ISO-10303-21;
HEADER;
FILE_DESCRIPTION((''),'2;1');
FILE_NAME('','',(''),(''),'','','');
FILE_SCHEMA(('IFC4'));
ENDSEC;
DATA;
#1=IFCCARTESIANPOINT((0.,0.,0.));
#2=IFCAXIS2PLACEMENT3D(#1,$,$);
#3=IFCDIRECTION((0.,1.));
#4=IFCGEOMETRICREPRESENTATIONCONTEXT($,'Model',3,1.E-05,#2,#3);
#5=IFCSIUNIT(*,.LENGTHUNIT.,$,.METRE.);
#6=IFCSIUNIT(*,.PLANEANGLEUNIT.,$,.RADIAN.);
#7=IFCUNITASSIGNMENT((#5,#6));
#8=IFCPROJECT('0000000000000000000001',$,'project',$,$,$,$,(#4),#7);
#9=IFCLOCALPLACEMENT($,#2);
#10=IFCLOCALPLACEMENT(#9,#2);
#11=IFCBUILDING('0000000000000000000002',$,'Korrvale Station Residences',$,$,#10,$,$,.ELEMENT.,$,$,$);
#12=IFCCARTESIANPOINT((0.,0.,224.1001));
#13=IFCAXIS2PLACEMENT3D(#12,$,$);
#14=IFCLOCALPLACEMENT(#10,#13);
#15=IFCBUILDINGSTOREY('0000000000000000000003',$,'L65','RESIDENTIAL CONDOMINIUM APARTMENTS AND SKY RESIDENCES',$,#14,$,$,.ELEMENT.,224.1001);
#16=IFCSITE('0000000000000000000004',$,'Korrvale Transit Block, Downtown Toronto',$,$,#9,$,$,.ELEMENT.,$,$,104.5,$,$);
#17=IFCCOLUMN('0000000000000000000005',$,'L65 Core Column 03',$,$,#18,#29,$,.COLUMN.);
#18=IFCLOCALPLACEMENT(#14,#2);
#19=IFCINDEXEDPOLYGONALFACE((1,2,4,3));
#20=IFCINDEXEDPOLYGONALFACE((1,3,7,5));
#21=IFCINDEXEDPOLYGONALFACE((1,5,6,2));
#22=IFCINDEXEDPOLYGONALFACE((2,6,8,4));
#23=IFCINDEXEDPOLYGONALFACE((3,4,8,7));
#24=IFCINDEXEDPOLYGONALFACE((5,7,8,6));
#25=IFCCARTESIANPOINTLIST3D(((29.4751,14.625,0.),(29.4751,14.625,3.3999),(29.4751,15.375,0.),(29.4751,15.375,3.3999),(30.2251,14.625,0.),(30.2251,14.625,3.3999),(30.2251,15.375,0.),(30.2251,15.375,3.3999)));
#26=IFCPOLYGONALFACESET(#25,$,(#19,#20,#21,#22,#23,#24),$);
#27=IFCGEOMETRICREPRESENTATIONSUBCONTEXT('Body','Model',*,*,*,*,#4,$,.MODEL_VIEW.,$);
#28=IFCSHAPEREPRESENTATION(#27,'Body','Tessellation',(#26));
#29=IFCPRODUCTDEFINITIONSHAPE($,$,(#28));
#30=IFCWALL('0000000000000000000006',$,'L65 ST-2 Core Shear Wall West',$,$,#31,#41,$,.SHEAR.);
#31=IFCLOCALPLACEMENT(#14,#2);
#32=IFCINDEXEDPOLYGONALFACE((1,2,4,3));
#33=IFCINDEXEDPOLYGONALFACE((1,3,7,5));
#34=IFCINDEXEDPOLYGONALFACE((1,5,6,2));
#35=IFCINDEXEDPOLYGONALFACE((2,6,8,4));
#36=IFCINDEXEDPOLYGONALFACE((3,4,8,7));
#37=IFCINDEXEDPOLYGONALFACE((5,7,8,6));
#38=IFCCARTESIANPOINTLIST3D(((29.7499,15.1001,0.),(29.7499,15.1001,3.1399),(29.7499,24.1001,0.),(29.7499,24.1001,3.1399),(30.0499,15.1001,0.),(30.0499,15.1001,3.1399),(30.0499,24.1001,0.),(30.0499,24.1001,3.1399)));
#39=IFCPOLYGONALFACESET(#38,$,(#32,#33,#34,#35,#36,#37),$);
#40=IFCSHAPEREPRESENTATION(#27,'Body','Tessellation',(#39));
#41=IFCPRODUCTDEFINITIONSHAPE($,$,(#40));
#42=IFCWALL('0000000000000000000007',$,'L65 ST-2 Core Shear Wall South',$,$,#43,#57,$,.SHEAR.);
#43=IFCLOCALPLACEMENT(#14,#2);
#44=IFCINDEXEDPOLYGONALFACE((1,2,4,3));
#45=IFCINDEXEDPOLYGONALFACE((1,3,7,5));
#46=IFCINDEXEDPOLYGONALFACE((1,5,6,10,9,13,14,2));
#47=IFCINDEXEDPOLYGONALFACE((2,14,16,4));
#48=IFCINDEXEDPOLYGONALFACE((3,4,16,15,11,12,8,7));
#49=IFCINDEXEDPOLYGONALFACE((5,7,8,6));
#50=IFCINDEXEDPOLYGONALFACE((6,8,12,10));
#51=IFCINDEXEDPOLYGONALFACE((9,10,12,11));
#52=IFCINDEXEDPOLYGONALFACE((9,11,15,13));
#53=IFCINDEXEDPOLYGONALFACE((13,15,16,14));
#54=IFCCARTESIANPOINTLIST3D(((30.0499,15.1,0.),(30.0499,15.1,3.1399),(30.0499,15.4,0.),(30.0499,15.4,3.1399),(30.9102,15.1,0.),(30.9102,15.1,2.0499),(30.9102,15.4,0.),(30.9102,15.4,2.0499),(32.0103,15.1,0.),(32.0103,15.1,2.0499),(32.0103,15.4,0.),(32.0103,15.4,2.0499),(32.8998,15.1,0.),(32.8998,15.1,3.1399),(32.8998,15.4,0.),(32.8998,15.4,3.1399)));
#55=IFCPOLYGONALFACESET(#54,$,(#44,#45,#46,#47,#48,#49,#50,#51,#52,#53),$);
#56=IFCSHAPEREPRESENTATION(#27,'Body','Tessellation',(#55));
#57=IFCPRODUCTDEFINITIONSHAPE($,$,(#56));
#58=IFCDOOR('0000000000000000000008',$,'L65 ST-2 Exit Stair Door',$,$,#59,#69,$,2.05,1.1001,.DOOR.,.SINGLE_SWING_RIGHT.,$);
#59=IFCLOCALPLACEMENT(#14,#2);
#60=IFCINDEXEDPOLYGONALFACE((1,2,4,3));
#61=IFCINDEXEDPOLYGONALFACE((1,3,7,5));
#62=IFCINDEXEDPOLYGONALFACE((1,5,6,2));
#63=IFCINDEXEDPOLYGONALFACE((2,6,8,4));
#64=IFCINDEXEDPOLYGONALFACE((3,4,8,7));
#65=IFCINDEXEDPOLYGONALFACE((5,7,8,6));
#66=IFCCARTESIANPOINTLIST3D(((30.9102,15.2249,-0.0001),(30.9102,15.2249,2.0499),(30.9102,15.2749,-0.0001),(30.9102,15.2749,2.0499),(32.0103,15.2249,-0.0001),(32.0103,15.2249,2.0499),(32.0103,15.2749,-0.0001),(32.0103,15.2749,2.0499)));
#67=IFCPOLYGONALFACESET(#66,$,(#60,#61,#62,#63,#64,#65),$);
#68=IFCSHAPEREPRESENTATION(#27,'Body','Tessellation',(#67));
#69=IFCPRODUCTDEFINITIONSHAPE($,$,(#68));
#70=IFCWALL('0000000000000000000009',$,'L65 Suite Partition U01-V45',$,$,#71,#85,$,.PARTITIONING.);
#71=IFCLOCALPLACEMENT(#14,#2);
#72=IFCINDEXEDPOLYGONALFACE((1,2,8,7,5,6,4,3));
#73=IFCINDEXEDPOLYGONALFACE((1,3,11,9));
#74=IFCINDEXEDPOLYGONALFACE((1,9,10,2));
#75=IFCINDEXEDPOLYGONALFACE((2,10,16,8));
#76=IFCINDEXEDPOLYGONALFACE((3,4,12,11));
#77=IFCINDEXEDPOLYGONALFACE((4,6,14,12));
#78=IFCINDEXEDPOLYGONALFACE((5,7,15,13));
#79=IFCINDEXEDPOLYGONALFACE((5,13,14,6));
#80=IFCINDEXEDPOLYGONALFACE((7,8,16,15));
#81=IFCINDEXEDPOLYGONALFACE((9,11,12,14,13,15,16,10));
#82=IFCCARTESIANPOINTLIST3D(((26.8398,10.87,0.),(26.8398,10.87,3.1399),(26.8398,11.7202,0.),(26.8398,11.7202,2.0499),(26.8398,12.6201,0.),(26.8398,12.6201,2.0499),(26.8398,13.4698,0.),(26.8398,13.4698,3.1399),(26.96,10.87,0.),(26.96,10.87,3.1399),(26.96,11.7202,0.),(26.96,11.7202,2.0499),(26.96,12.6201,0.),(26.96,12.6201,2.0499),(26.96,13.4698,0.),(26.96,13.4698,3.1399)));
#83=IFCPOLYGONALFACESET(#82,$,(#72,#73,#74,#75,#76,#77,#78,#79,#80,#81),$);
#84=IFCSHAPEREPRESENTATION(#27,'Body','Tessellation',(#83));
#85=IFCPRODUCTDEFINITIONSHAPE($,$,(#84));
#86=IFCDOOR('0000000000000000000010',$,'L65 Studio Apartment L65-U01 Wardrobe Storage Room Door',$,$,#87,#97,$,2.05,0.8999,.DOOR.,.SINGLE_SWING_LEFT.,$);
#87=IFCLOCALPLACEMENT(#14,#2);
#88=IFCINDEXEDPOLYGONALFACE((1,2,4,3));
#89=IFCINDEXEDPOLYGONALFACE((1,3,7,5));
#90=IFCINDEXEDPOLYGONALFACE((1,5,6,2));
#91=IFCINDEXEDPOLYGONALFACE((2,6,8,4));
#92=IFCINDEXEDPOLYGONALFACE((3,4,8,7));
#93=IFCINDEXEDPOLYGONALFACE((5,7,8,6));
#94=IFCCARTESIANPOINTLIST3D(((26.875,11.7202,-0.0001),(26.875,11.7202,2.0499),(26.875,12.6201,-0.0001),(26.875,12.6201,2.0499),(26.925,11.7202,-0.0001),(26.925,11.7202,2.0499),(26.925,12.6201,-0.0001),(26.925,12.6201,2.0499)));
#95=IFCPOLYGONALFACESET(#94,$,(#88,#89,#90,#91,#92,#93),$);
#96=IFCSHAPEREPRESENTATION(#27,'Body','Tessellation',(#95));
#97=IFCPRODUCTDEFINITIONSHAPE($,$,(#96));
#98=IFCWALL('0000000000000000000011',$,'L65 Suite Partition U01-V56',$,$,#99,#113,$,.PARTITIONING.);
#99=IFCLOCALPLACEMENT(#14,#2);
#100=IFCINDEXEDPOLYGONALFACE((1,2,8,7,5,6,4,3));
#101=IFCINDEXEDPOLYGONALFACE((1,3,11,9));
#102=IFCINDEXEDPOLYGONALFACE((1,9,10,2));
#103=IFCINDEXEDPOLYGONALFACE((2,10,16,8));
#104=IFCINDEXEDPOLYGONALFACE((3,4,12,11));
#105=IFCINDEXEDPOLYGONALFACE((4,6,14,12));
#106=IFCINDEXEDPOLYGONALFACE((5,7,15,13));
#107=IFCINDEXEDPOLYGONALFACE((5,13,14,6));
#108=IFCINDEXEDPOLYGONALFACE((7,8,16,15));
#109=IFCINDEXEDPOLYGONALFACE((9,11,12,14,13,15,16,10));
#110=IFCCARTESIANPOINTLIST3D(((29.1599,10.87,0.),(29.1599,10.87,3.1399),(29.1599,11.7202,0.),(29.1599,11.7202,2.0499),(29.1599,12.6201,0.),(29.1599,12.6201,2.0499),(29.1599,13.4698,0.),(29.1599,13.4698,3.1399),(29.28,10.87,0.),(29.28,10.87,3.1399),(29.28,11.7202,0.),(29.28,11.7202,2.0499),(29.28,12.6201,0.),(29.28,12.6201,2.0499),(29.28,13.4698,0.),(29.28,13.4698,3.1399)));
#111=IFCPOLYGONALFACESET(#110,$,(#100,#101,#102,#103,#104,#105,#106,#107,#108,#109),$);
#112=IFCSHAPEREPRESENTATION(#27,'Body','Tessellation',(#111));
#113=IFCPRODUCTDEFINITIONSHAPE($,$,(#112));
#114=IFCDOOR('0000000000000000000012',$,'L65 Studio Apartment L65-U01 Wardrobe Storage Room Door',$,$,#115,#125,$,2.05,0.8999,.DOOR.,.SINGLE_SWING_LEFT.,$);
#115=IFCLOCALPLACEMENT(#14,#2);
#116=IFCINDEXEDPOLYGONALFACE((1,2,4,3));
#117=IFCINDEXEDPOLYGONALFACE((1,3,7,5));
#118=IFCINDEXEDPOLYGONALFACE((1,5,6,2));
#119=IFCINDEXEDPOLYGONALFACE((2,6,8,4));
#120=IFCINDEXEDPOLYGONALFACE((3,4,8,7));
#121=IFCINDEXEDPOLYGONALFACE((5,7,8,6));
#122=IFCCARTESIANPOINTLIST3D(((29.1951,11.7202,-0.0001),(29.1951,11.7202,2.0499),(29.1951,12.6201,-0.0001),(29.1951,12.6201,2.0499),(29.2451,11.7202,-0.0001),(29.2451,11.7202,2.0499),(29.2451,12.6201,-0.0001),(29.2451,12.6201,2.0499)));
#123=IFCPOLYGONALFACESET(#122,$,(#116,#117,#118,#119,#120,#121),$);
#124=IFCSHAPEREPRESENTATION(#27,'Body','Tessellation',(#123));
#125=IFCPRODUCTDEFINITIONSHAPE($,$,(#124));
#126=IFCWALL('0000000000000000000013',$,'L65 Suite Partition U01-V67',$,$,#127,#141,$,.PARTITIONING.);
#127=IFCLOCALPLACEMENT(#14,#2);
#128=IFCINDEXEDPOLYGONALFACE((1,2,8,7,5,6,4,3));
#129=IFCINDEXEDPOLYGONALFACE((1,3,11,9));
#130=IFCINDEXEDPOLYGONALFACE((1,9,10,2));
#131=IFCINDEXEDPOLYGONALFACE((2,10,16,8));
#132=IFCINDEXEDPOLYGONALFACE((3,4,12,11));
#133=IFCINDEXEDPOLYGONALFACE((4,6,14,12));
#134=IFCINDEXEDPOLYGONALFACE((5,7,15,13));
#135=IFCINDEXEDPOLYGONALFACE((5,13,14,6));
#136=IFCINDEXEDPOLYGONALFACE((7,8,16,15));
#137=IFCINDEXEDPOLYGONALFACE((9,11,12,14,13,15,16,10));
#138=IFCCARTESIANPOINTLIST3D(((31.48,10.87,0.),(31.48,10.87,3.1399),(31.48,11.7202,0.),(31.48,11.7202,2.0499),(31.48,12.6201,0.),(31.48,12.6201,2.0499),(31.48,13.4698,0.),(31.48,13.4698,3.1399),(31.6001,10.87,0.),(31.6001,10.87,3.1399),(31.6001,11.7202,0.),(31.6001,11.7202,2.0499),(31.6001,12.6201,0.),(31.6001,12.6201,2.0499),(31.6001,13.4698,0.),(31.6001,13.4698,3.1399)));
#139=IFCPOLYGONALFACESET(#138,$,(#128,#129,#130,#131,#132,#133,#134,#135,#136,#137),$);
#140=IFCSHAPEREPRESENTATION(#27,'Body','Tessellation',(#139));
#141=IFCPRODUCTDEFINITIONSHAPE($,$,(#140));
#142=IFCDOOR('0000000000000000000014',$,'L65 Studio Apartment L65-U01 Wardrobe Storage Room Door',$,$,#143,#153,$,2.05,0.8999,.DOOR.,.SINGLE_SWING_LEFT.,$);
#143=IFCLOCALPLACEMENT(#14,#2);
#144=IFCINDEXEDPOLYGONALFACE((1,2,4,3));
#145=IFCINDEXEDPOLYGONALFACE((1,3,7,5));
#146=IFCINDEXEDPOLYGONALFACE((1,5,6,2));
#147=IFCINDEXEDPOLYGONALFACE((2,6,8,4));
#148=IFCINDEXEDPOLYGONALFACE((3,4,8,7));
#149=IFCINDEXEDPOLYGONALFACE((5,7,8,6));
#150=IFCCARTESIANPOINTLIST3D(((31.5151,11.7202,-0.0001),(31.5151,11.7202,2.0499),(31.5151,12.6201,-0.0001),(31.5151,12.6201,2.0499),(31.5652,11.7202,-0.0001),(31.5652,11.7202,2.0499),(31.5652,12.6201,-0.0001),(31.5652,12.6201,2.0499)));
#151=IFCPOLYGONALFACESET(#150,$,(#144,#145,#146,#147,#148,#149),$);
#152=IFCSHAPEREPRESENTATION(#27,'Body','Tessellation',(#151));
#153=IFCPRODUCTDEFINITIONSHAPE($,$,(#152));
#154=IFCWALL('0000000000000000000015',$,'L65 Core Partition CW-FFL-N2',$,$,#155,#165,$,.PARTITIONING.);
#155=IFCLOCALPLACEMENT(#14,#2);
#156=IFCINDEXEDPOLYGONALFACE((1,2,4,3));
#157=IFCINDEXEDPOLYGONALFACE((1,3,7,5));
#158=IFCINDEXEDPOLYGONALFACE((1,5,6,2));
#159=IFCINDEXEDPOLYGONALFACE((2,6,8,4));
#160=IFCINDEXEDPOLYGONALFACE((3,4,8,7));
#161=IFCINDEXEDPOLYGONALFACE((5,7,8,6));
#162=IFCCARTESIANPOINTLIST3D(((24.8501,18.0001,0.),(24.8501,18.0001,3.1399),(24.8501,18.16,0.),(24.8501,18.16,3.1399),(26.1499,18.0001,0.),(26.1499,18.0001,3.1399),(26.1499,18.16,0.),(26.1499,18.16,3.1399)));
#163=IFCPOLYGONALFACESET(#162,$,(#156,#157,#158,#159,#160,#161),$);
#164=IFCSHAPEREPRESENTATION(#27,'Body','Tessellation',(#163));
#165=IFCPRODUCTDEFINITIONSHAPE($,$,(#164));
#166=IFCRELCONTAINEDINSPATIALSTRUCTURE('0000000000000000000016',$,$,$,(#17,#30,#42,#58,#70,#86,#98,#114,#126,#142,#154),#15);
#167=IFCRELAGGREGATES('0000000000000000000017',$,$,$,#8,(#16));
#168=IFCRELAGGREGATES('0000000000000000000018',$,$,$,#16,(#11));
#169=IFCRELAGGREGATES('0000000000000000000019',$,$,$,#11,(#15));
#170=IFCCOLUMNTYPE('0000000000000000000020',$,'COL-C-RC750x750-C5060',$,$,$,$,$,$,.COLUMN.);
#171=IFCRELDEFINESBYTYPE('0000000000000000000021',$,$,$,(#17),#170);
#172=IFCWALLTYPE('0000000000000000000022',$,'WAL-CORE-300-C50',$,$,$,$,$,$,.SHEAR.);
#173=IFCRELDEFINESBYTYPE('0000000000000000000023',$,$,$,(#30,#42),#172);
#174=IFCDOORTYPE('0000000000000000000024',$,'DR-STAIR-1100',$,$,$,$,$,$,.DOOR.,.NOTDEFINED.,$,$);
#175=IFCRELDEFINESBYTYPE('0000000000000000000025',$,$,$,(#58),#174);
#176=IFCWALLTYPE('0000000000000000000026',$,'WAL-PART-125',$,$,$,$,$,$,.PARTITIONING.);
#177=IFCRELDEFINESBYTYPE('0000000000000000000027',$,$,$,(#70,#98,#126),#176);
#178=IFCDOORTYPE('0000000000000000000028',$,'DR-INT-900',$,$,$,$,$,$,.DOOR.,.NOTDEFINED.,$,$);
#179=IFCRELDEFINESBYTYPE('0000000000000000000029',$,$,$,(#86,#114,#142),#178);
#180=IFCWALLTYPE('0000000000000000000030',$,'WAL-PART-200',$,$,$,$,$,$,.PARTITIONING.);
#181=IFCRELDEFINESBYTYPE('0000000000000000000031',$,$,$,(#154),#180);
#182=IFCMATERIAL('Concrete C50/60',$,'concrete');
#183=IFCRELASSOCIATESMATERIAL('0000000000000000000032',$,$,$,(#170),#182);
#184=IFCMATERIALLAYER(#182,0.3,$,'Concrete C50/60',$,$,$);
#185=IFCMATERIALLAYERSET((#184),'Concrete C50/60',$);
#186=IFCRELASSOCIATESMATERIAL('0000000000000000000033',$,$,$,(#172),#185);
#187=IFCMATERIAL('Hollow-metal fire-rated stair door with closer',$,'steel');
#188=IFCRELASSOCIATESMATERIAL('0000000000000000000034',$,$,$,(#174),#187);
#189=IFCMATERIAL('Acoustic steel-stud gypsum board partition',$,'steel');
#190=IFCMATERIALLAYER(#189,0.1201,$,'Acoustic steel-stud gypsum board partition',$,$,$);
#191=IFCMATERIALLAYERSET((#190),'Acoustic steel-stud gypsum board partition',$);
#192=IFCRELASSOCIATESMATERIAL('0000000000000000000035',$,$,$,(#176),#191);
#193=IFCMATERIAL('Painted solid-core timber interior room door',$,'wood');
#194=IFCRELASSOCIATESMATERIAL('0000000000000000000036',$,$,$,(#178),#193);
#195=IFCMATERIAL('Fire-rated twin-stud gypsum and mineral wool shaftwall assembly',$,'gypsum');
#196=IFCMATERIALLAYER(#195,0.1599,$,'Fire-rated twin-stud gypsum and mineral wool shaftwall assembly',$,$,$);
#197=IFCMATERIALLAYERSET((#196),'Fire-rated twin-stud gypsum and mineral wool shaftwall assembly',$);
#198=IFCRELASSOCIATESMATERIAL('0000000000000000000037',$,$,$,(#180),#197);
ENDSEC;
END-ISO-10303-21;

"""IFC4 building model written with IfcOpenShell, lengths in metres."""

from ifc_helpers import new_model, si_unit, direction, frame, frame_2d, origin, origin_2d, place, context, subcontext, project, spatial, rectangle, extrude, material, layer, layer_set, material_profile, profile_set, type_object, element, fill, save


model = new_model("IFC4")

# Units and contexts
model_context = context("Model", 3, precision=1e-05, world=origin(), true_north=direction((0.0, 1.0)))
body_context = subcontext(model_context, "Body", "Model", "MODEL_VIEW")
ifc_project = project(units=[si_unit("LENGTHUNIT", "METRE"), si_unit("PLANEANGLEUNIT", "RADIAN")], contexts=[model_context])

# Site, building, storey
site_placement = place(None, origin())
site = spatial("IfcSite", under=ifc_project, at=site_placement, Name="Korrvale Transit Block, Downtown Toronto", CompositionType="ELEMENT", RefElevation=104.5)
building_placement = place(site_placement, origin())
building = spatial("IfcBuilding", under=site, at=building_placement, Name="Korrvale Station Residences", CompositionType="ELEMENT")
storey_placement = place(building_placement, frame((0.0, 0.0, 224.1001)))
storey = spatial("IfcBuildingStorey", under=building, at=storey_placement, Name="L65", Description="RESIDENTIAL CONDOMINIUM APARTMENTS AND SKY RESIDENCES", CompositionType="ELEMENT", Elevation=224.1001)

# Column
ifc_material_1 = material(Name="Concrete C50/60", Category="concrete")
ifc_material_profile = material_profile(ifc_material_1, rectangle(XDim=0.75, YDim=0.75, at=origin_2d()), Name="RC750x750")
ifc_profile_set = profile_set([ifc_material_profile], Name="Concrete C50/60")
column_type = type_object("IfcColumnType", Name="COL-C-RC750x750-C5060", PredefinedType="COLUMN", material=ifc_profile_set)
column_placement = place(storey_placement, frame((29.8501, 15.0, 0.0), z_axis=(0.0, 0.0, 1.0), x_axis=(1.0, 0.0, 0.0)))
element("IfcColumn", 1, at=column_placement, inside=storey, type_object=column_type, Name="L65 Core Column 03", PredefinedType="COLUMN", context=body_context, shape_type="SweptSolid", body=[
    extrude(rectangle(XDim=0.75, YDim=0.75, at=origin_2d()), origin(), (0.0, 0.0, 1.0), 3.3999),
])

# Wall
ifc_layer_1 = layer(ifc_material_1, 0.3, Name="Concrete C50/60")
ifc_layer_set_1 = layer_set([ifc_layer_1], Name="Concrete C50/60")
wall_type_1 = type_object("IfcWallType", Name="WAL-CORE-300-C50", PredefinedType="SHEAR", material=ifc_layer_set_1)
wall_1_placement = place(storey_placement, frame((29.8999, 15.1001, 0.0), z_axis=(0.0, 0.0, 1.0), x_axis=(0.0, 1.0, 0.0)))
element("IfcWall", 2, at=wall_1_placement, inside=storey, type_object=wall_type_1, Name="L65 ST-2 Core Shear Wall West", PredefinedType="SHEAR", context=body_context, shape_type="SweptSolid", body=[
    extrude(rectangle(XDim=9.0, YDim=0.3, at=frame_2d((4.5, 0.0))), origin(), (0.0, 0.0, 1.0), 3.1399),
])

# Walls, openings, doors
wall_2_placement = place(storey_placement, frame((30.05, 15.25, 0.0), z_axis=(0.0, 0.0, 1.0), x_axis=(1.0, 0.0, 0.0)))
wall_2 = element("IfcWall", 3, at=wall_2_placement, inside=storey, type_object=wall_type_1, Name="L65 ST-2 Core Shear Wall South", PredefinedType="SHEAR", context=body_context, shape_type="SweptSolid", body=[
    extrude(rectangle(XDim=2.8499, YDim=0.3, at=frame_2d((1.4248, 0.0))), origin(), (0.0, 0.0, 1.0), 3.1399),
])
opening_1_placement = place(wall_2_placement, frame((0.8601, 0.0, 0.0)))
opening_1 = element("IfcOpeningElement", 4, at=opening_1_placement, cuts=wall_2, PredefinedType="OPENING", context=body_context, shape_type="SweptSolid", body=[
    extrude(rectangle(XDim=1.1001, YDim=2.05, at=frame_2d((0.55, 1.0249))), frame((0.0, 0.1602, 0.0), z_axis=(0.0, -1.0, 0.0), x_axis=(1.0, 0.0, 0.0)), (0.0, 0.0, 1.0), 0.3201),
])
ifc_material_2 = material(Name="Hollow-metal fire-rated stair door with closer", Category="steel")
door_type_1 = type_object("IfcDoorType", Name="DR-STAIR-1100", OperationType="NOTDEFINED", PredefinedType="DOOR", material=ifc_material_2)
door_1_placement = place(opening_1_placement, origin())
door_1 = element("IfcDoor", 5, at=door_1_placement, inside=storey, type_object=door_type_1, Name="L65 ST-2 Exit Stair Door", OperationType="SINGLE_SWING_RIGHT", OverallHeight=2.05, OverallWidth=1.1001, PredefinedType="DOOR", context=body_context, shape_type="SweptSolid", body=[
    extrude(rectangle(XDim=1.1001, YDim=2.05, at=frame_2d((0.55, 1.0249))), frame((0.0, 0.0249, 0.0), z_axis=(0.0, -1.0, 0.0), x_axis=(1.0, 0.0, 0.0)), (0.0, 0.0, 1.0), 0.05),
])
fill(opening_1, door_1)
ifc_material_3 = material(Name="Acoustic steel-stud gypsum board partition", Category="steel")
ifc_layer_2 = layer(ifc_material_3, 0.1201, Name="Acoustic steel-stud gypsum board partition")
ifc_layer_set_2 = layer_set([ifc_layer_2], Name="Acoustic steel-stud gypsum board partition")
wall_type_2 = type_object("IfcWallType", Name="WAL-PART-125", PredefinedType="PARTITIONING", material=ifc_layer_set_2)
wall_3_placement = place(storey_placement, frame((26.8999, 10.8701, 0.0), z_axis=(0.0, 0.0, 1.0), x_axis=(0.0, 1.0, 0.0)))
wall_3 = element("IfcWall", 6, at=wall_3_placement, inside=storey, type_object=wall_type_2, Name="L65 Suite Partition U01-V45", PredefinedType="PARTITIONING", context=body_context, shape_type="SweptSolid", body=[
    extrude(rectangle(XDim=2.5999, YDim=0.1201, at=frame_2d((1.2998, 0.0))), origin(), (0.0, 0.0, 1.0), 3.1399),
])
opening_2_placement = place(wall_3_placement, frame((0.8501, 0.0, 0.0)))
opening_2 = element("IfcOpeningElement", 7, at=opening_2_placement, cuts=wall_3, PredefinedType="OPENING", context=body_context, shape_type="SweptSolid", body=[
    extrude(rectangle(XDim=0.8999, YDim=2.05, at=frame_2d((0.45, 1.0249))), frame((0.0, 0.0701, 0.0), z_axis=(0.0, -1.0, 0.0), x_axis=(1.0, 0.0, 0.0)), (0.0, 0.0, 1.0), 0.1401),
])
ifc_material_4 = material(Name="Painted solid-core timber interior room door", Category="wood")
door_type_2 = type_object("IfcDoorType", Name="DR-INT-900", OperationType="NOTDEFINED", PredefinedType="DOOR", material=ifc_material_4)
door_2_placement = place(opening_2_placement, origin())
door_2 = element("IfcDoor", 8, at=door_2_placement, inside=storey, type_object=door_type_2, Name="L65 Studio Apartment L65-U01 Wardrobe Storage Room Door", OperationType="SINGLE_SWING_LEFT", OverallHeight=2.05, OverallWidth=0.8999, PredefinedType="DOOR", context=body_context, shape_type="SweptSolid", body=[
    extrude(rectangle(XDim=0.8999, YDim=2.05, at=frame_2d((0.45, 1.0249))), frame((0.0, 0.0249, 0.0), z_axis=(0.0, -1.0, 0.0), x_axis=(1.0, 0.0, 0.0)), (0.0, 0.0, 1.0), 0.05),
])
fill(opening_2, door_2)
wall_4_placement = place(storey_placement, frame((29.22, 10.8701, 0.0), z_axis=(0.0, 0.0, 1.0), x_axis=(0.0, 1.0, 0.0)))
wall_4 = element("IfcWall", 9, at=wall_4_placement, inside=storey, type_object=wall_type_2, Name="L65 Suite Partition U01-V56", PredefinedType="PARTITIONING", context=body_context, shape_type="SweptSolid", body=[
    extrude(rectangle(XDim=2.5999, YDim=0.1201, at=frame_2d((1.2998, 0.0))), origin(), (0.0, 0.0, 1.0), 3.1399),
])
opening_3_placement = place(wall_4_placement, frame((0.8501, 0.0, 0.0)))
opening_3 = element("IfcOpeningElement", 10, at=opening_3_placement, cuts=wall_4, PredefinedType="OPENING", context=body_context, shape_type="SweptSolid", body=[
    extrude(rectangle(XDim=0.8999, YDim=2.05, at=frame_2d((0.45, 1.0249))), frame((0.0, 0.0701, 0.0), z_axis=(0.0, -1.0, 0.0), x_axis=(1.0, 0.0, 0.0)), (0.0, 0.0, 1.0), 0.1401),
])
door_3_placement = place(opening_3_placement, origin())
door_3 = element("IfcDoor", 11, at=door_3_placement, inside=storey, type_object=door_type_2, Name="L65 Studio Apartment L65-U01 Wardrobe Storage Room Door", OperationType="SINGLE_SWING_LEFT", OverallHeight=2.05, OverallWidth=0.8999, PredefinedType="DOOR", context=body_context, shape_type="SweptSolid", body=[
    extrude(rectangle(XDim=0.8999, YDim=2.05, at=frame_2d((0.45, 1.0249))), frame((0.0, 0.0249, 0.0), z_axis=(0.0, -1.0, 0.0), x_axis=(1.0, 0.0, 0.0)), (0.0, 0.0, 1.0), 0.05),
])
fill(opening_3, door_3)
wall_5_placement = place(storey_placement, frame((31.54, 10.8701, 0.0), z_axis=(0.0, 0.0, 1.0), x_axis=(0.0, 1.0, 0.0)))
wall_5 = element("IfcWall", 12, at=wall_5_placement, inside=storey, type_object=wall_type_2, Name="L65 Suite Partition U01-V67", PredefinedType="PARTITIONING", context=body_context, shape_type="SweptSolid", body=[
    extrude(rectangle(XDim=2.5999, YDim=0.1201, at=frame_2d((1.2998, 0.0))), origin(), (0.0, 0.0, 1.0), 3.1399),
])
opening_4_placement = place(wall_5_placement, frame((0.8501, 0.0, 0.0)))
opening_4 = element("IfcOpeningElement", 13, at=opening_4_placement, cuts=wall_5, PredefinedType="OPENING", context=body_context, shape_type="SweptSolid", body=[
    extrude(rectangle(XDim=0.8999, YDim=2.05, at=frame_2d((0.45, 1.0249))), frame((0.0, 0.0701, 0.0), z_axis=(0.0, -1.0, 0.0), x_axis=(1.0, 0.0, 0.0)), (0.0, 0.0, 1.0), 0.1401),
])
door_4_placement = place(opening_4_placement, origin())
door_4 = element("IfcDoor", 14, at=door_4_placement, inside=storey, type_object=door_type_2, Name="L65 Studio Apartment L65-U01 Wardrobe Storage Room Door", OperationType="SINGLE_SWING_LEFT", OverallHeight=2.05, OverallWidth=0.8999, PredefinedType="DOOR", context=body_context, shape_type="SweptSolid", body=[
    extrude(rectangle(XDim=0.8999, YDim=2.05, at=frame_2d((0.45, 1.0249))), frame((0.0, 0.0249, 0.0), z_axis=(0.0, -1.0, 0.0), x_axis=(1.0, 0.0, 0.0)), (0.0, 0.0, 1.0), 0.05),
])
fill(opening_4, door_4)

# Wall
ifc_material_5 = material(Name="Fire-rated twin-stud gypsum and mineral wool shaftwall assembly", Category="gypsum")
ifc_layer_3 = layer(ifc_material_5, 0.1599, Name="Fire-rated twin-stud gypsum and mineral wool shaftwall assembly")
ifc_layer_set_3 = layer_set([ifc_layer_3], Name="Fire-rated twin-stud gypsum and mineral wool shaftwall assembly")
wall_type_3 = type_object("IfcWallType", Name="WAL-PART-200", PredefinedType="PARTITIONING", material=ifc_layer_set_3)
wall_6_placement = place(storey_placement, frame((24.8501, 18.0801, 0.0), z_axis=(0.0, 0.0, 1.0), x_axis=(1.0, 0.0, 0.0)))
element("IfcWall", 15, at=wall_6_placement, inside=storey, type_object=wall_type_3, Name="L65 Core Partition CW-FFL-N2", PredefinedType="PARTITIONING", context=body_context, shape_type="SweptSolid", body=[
    extrude(rectangle(XDim=1.2998, YDim=0.1599, at=frame_2d((0.6499, 0.0))), origin(), (0.0, 0.0, 1.0), 3.1399),
])

save(model, "model.ifc")
